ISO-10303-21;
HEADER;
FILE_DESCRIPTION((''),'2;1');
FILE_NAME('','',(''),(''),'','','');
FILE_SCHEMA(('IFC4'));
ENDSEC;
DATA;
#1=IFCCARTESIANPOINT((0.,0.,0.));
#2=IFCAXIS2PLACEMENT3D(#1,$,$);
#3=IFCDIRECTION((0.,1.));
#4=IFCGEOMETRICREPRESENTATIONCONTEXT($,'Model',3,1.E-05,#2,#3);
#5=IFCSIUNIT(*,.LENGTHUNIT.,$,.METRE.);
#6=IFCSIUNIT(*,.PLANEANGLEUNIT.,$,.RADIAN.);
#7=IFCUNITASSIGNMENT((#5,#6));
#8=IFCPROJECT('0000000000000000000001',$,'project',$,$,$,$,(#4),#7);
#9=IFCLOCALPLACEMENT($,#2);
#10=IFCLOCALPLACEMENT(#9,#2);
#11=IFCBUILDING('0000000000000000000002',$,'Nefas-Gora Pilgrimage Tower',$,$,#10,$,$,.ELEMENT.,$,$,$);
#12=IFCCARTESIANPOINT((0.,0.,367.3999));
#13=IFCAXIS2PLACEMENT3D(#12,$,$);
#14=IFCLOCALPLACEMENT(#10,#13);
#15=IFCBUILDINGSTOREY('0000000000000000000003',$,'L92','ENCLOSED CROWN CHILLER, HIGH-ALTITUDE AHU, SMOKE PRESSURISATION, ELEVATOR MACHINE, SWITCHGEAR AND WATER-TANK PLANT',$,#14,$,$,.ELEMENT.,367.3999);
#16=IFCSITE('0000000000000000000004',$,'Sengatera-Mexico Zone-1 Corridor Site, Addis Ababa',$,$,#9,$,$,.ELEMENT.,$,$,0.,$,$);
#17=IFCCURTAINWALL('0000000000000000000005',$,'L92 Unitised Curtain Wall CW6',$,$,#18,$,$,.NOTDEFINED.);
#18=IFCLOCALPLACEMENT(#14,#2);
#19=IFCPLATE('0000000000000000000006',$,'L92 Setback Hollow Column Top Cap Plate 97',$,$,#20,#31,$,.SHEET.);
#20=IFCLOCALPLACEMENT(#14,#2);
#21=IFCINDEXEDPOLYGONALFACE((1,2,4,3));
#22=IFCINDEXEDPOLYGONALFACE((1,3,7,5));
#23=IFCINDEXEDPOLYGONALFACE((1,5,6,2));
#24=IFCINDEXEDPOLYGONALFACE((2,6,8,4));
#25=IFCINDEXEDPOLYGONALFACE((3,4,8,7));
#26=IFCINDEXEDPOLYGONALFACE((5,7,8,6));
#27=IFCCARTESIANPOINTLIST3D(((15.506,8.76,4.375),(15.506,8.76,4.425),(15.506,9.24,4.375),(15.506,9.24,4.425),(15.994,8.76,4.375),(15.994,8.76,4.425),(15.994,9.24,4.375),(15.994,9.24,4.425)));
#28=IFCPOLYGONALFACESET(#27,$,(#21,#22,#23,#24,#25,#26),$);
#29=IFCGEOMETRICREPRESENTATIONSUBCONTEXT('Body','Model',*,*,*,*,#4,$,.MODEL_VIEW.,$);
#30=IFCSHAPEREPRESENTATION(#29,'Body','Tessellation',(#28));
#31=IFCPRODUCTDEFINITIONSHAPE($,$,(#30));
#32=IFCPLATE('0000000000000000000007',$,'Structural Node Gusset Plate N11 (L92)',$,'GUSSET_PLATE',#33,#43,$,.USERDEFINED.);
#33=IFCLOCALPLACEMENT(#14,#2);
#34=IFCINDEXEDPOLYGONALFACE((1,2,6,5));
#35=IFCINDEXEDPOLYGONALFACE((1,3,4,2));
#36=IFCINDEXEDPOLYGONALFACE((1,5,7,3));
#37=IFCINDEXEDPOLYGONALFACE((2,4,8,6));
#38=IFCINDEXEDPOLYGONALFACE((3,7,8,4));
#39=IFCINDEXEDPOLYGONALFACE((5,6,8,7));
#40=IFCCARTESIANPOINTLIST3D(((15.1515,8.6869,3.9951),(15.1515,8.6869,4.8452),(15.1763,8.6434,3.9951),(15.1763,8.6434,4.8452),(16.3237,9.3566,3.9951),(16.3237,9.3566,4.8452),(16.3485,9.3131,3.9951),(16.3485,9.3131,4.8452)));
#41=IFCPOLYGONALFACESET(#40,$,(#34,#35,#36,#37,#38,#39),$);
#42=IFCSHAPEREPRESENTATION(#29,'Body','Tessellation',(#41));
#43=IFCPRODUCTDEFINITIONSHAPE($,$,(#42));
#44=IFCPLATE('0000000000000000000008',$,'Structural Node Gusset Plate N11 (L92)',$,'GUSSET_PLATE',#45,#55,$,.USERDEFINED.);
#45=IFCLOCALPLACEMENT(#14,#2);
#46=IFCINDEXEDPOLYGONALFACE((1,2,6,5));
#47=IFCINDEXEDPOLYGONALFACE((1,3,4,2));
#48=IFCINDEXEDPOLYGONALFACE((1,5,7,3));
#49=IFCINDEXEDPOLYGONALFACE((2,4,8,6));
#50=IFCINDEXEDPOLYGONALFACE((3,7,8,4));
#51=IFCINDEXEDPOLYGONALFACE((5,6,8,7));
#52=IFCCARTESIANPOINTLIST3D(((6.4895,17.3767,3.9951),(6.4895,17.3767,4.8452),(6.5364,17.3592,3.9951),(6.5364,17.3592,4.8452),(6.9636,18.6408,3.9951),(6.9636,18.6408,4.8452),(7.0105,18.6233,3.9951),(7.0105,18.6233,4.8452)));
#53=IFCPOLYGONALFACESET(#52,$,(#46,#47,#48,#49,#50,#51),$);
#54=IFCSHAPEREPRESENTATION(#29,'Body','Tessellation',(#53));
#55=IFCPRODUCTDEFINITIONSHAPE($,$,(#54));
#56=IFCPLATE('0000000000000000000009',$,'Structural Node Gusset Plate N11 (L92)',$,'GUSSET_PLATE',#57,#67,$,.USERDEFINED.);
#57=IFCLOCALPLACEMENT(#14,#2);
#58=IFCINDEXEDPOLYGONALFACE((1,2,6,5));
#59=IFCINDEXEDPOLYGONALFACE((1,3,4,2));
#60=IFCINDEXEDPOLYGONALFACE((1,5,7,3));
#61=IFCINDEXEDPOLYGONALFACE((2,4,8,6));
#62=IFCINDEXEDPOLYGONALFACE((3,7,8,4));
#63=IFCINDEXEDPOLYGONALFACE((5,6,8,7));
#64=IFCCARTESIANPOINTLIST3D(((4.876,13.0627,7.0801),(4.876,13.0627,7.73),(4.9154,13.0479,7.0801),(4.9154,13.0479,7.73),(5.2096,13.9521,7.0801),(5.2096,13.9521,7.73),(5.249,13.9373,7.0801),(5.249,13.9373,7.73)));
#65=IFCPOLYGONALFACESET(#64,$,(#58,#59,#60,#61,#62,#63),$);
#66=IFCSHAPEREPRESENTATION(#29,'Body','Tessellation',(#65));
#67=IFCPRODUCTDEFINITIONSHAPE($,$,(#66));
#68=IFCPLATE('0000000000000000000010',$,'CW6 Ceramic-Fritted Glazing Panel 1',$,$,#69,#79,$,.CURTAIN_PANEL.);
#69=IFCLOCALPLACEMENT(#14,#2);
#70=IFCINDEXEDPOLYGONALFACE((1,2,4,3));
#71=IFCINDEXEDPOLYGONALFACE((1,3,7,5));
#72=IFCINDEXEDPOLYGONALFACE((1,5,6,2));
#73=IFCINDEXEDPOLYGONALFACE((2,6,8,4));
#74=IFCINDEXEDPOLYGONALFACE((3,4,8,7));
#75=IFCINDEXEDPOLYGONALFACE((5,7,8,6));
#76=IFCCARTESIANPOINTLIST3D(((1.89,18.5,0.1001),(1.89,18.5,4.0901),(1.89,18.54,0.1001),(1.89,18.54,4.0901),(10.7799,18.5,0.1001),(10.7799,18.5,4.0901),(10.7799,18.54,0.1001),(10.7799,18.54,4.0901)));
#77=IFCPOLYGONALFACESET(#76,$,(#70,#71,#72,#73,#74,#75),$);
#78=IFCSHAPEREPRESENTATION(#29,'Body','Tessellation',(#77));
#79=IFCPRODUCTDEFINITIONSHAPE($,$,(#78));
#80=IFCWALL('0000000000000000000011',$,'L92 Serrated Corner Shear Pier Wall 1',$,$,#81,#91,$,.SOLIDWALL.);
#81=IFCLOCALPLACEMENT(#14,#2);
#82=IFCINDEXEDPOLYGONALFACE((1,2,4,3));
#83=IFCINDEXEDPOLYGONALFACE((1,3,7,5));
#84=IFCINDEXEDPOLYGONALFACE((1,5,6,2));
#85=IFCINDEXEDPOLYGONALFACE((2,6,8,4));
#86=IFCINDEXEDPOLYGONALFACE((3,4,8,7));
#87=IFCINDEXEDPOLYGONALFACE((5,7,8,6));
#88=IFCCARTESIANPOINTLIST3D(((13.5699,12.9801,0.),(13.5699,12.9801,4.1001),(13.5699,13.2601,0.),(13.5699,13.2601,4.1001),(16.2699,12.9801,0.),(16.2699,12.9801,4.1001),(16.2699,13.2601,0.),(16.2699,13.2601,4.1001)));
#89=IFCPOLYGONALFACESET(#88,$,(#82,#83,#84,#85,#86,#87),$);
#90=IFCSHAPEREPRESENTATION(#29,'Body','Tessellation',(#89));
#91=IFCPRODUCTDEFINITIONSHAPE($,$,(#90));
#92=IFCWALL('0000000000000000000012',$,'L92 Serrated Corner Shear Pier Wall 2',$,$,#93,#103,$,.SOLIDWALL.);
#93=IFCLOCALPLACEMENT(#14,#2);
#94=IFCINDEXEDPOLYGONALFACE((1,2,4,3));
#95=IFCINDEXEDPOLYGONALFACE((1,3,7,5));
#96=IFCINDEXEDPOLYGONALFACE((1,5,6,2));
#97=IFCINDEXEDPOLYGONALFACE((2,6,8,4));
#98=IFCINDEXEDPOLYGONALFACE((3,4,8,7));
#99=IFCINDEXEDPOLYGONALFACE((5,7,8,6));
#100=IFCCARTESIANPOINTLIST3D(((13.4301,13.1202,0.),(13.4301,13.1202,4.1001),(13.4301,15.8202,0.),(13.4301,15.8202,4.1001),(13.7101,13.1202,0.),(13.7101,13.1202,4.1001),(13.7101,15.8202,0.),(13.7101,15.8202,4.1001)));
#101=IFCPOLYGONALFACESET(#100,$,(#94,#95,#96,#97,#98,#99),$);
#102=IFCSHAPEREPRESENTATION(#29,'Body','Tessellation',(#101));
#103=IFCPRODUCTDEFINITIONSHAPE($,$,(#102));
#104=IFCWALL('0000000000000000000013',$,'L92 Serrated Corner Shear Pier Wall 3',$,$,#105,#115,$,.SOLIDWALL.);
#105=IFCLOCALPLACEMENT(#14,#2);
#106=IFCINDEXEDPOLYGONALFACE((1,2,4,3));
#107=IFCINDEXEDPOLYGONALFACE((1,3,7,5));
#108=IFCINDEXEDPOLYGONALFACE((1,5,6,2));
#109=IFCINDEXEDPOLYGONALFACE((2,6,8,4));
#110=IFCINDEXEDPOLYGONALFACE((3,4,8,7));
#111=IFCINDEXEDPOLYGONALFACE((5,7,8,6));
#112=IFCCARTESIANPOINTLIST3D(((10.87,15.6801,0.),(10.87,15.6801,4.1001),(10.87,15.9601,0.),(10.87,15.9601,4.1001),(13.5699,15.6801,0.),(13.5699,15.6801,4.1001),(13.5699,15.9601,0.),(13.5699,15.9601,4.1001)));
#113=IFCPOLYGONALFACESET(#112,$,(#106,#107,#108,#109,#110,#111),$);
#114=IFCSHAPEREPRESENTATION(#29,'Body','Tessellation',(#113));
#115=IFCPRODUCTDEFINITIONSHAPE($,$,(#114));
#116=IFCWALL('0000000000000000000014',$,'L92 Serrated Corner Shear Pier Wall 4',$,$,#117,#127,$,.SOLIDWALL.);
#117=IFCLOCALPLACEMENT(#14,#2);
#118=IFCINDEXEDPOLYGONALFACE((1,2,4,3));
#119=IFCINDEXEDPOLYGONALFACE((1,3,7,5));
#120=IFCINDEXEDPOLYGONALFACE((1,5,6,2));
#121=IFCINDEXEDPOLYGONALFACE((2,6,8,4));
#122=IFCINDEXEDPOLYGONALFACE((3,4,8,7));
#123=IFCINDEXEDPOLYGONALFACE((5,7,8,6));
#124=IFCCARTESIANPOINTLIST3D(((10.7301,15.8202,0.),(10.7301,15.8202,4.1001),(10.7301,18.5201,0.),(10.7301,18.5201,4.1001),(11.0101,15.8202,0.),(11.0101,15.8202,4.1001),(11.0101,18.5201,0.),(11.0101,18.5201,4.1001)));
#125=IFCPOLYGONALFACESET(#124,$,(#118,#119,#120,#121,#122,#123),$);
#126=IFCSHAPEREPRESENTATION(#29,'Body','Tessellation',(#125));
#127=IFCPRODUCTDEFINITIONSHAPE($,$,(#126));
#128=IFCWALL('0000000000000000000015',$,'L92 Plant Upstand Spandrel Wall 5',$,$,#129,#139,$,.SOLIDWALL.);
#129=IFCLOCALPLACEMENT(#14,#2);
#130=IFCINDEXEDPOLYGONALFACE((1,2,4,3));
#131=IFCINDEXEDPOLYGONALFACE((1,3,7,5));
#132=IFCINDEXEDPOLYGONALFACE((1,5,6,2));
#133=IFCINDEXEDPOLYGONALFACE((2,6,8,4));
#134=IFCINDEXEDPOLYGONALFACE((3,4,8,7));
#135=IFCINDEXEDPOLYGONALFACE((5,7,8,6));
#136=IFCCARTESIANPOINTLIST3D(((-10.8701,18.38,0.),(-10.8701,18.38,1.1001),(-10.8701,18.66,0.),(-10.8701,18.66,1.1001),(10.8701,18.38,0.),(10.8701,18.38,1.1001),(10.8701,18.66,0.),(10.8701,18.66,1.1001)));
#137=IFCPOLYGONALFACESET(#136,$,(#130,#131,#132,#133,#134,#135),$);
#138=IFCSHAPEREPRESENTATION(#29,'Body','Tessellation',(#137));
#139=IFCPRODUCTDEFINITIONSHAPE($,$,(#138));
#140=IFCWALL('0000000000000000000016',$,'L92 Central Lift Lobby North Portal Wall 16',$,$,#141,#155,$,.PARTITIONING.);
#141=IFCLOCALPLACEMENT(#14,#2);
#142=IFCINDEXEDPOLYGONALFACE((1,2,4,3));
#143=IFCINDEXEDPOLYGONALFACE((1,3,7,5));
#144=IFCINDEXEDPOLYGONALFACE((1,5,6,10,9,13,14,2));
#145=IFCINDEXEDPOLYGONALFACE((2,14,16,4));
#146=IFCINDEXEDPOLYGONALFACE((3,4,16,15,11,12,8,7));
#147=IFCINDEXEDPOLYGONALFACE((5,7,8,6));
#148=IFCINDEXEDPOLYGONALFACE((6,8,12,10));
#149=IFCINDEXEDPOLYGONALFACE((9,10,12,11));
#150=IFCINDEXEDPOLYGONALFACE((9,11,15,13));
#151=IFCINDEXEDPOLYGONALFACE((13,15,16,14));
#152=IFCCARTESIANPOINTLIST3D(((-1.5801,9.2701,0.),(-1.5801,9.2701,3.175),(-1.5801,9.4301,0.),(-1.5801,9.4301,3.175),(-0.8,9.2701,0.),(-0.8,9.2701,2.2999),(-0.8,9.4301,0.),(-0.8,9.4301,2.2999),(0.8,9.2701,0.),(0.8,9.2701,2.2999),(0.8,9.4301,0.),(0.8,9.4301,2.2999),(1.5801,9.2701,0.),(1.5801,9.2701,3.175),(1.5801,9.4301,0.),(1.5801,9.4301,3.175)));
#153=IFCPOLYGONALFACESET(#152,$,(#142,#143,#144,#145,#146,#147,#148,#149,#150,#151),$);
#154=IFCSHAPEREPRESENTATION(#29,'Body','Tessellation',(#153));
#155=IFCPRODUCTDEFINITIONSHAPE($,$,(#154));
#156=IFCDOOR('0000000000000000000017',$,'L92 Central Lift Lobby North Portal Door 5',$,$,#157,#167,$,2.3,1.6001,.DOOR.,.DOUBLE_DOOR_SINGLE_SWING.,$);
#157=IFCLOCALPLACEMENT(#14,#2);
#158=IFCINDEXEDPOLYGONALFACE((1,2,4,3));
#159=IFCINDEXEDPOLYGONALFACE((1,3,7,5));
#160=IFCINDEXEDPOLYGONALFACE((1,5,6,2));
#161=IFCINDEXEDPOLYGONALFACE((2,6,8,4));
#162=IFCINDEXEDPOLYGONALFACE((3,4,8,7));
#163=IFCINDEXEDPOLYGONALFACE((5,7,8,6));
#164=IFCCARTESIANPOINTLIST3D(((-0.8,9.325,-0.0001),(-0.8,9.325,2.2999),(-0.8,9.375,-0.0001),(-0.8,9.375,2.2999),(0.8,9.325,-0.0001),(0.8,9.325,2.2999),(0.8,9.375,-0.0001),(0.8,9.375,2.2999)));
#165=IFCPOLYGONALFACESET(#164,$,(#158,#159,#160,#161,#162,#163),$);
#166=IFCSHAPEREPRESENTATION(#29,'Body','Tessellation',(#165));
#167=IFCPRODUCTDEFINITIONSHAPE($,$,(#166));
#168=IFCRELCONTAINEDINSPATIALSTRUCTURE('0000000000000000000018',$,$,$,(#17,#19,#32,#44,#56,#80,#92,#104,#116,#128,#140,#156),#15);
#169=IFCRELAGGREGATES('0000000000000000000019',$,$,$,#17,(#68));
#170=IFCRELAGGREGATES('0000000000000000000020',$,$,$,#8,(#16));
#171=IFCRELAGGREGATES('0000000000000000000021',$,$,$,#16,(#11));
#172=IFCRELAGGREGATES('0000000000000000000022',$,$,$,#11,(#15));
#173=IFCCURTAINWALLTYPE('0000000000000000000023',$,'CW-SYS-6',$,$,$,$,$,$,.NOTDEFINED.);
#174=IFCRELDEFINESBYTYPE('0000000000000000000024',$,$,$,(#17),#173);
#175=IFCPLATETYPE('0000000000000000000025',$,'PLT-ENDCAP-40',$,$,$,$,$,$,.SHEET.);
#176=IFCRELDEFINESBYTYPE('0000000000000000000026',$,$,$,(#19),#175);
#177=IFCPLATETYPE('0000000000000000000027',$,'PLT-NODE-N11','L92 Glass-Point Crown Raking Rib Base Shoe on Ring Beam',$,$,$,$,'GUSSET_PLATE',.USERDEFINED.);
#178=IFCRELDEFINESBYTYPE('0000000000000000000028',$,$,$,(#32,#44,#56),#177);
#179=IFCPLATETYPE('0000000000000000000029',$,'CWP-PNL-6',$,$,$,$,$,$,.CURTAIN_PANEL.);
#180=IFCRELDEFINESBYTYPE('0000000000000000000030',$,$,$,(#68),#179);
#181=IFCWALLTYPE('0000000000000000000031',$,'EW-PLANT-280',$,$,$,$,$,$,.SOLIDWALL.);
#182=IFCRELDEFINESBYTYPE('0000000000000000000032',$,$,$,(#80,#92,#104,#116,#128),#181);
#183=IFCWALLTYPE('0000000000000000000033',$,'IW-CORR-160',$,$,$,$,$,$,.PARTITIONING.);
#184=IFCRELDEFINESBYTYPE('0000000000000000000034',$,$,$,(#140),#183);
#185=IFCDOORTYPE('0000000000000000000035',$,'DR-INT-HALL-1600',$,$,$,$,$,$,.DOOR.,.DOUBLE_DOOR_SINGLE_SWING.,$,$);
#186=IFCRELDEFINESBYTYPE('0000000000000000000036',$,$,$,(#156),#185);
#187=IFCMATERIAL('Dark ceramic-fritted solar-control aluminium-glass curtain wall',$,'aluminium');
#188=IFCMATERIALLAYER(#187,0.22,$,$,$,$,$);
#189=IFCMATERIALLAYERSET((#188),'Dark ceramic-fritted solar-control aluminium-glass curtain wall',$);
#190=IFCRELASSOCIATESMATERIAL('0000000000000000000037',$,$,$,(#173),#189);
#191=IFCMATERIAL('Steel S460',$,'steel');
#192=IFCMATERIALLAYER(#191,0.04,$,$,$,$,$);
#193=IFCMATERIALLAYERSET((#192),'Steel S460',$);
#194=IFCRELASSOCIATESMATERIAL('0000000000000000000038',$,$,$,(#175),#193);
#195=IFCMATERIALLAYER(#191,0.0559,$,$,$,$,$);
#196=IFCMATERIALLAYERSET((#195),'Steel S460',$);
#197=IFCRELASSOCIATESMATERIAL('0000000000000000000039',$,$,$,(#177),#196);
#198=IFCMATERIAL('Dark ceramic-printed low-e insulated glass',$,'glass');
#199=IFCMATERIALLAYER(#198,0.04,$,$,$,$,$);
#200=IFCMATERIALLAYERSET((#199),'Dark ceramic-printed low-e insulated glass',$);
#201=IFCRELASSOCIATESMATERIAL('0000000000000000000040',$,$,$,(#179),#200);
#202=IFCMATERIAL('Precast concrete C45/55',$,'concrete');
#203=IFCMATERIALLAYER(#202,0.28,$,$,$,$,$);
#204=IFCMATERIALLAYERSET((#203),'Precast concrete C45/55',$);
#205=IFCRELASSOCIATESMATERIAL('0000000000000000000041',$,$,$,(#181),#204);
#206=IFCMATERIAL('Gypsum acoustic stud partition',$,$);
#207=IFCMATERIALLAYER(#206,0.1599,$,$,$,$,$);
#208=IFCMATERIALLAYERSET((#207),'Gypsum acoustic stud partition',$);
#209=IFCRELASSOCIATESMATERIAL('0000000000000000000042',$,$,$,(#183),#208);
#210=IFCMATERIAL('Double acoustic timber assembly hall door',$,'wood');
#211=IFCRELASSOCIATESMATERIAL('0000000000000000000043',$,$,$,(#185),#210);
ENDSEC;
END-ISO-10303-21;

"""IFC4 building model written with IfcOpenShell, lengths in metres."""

from ifc_helpers import new_model, si_unit, direction, frame, frame_2d, origin, origin_2d, place, context, subcontext, project, spatial, rectangle, extrude, source, transform, mapped, material, layer, layer_set, type_object, element, fill, aggregate, save


model = new_model("IFC4")

# Units and contexts
model_context = context("Model", 3, precision=1e-05, world=origin(), true_north=direction((0.0, 1.0)))
body_context = subcontext(model_context, "Body", "Model", "MODEL_VIEW")
ifc_project = project(units=[si_unit("LENGTHUNIT", "METRE"), si_unit("PLANEANGLEUNIT", "RADIAN")], contexts=[model_context])

# Site, building, storey
site_placement = place(None, origin())
site = spatial("IfcSite", under=ifc_project, at=site_placement, Name="Sengatera-Mexico Zone-1 Corridor Site, Addis Ababa", CompositionType="ELEMENT", RefElevation=0.0)
building_placement = place(site_placement, origin())
building = spatial("IfcBuilding", under=site, at=building_placement, Name="Nefas-Gora Pilgrimage Tower", CompositionType="ELEMENT")
storey_placement = place(building_placement, frame((0.0, 0.0, 367.3999)))
storey = spatial("IfcBuildingStorey", under=building, at=storey_placement, Name="L92", Description="ENCLOSED CROWN CHILLER, HIGH-ALTITUDE AHU, SMOKE PRESSURISATION, ELEVATOR MACHINE, SWITCHGEAR AND WATER-TANK PLANT", CompositionType="ELEMENT", Elevation=367.3999)

# Shared definitions
ifc_material_1 = material(Name="Steel S460", Category="steel")

# Curtain wall
ifc_material_2 = material(Name="Dark ceramic-fritted solar-control aluminium-glass curtain wall", Category="aluminium")
ifc_layer_1 = layer(ifc_material_2, 0.22)
ifc_layer_set_1 = layer_set([ifc_layer_1], Name="Dark ceramic-fritted solar-control aluminium-glass curtain wall")
curtain_wall_type = type_object("IfcCurtainWallType", Name="CW-SYS-6", PredefinedType="NOTDEFINED", material=ifc_layer_set_1)
curtain_wall_1_placement = place(storey_placement, origin())
curtain_wall_1 = element("IfcCurtainWall", 1, at=curtain_wall_1_placement, inside=storey, type_object=curtain_wall_type, Name="L92 Unitised Curtain Wall CW6", PredefinedType="NOTDEFINED")

# Shared definitions
ifc_material_3 = material(Name="Precast concrete C45/55", Category="concrete")

# Plates
ifc_layer_2 = layer(ifc_material_1, 0.04)
ifc_layer_set_2 = layer_set([ifc_layer_2], Name="Steel S460")
plate_type_1 = type_object("IfcPlateType", Name="PLT-ENDCAP-40", PredefinedType="SHEET", material=ifc_layer_set_2)
shared_shape_1 = source(origin(), body_context, "Body", "SweptSolid", [
    extrude(rectangle(XDim=0.488, YDim=0.48, at=origin_2d()), origin(), (0.0, 0.0, 1.0), 0.05),
])
for number, where, z_axis, x_axis, name in (
    (2, (15.75, 9.0, 4.375), (0.0, 0.0, 1.0), (1.0, 0.0, 0.0), "L92 Setback Hollow Column Top Cap Plate 97"),
):
    element("IfcPlate", number, at=place(storey_placement, frame(where, z_axis=z_axis, x_axis=x_axis)), inside=storey, type_object=plate_type_1, Name=name, PredefinedType="SHEET", context=body_context, shape_type="MappedRepresentation", body=[
        mapped(shared_shape_1, transform((0.0, 0.0, 0.0), x_axis=(1.0, 0.0, 0.0), y_axis=(0.0, 1.0, 0.0), z_axis=(0.0, 0.0, 1.0), scale=1.0)),
    ])
ifc_layer_3 = layer(ifc_material_1, 0.0559)
ifc_layer_set_3 = layer_set([ifc_layer_3], Name="Steel S460")
plate_type_2 = type_object("IfcPlateType", Name="PLT-NODE-N11", Description="L92 Glass-Point Crown Raking Rib Base Shoe on Ring Beam", ElementType="GUSSET_PLATE", PredefinedType="USERDEFINED", material=ifc_layer_set_3)
shared_shape_2 = source(origin(), body_context, "Body", "SweptSolid", [
    extrude(rectangle(XDim=1.3501, YDim=0.05, at=origin_2d()), origin(), (0.0, 0.0, 1.0), 0.8501),
])
for number, where, z_axis, x_axis, name in (
    (3, (15.75, 9.0, 3.9951), (0.0, 0.0, 1.0), (0.868285, 0.496065, 0.0), "Structural Node Gusset Plate N11 (L92)"),
    (4, (6.75, 18.0, 3.9951), (0.0, 0.0, 1.0), (0.351188, 0.936305, 0.0), "Structural Node Gusset Plate N11 (L92)"),
):
    element("IfcPlate", number, at=place(storey_placement, frame(where, z_axis=z_axis, x_axis=x_axis)), inside=storey, type_object=plate_type_2, Name=name, ObjectType="GUSSET_PLATE", PredefinedType="USERDEFINED", context=body_context, shape_type="MappedRepresentation", body=[
        mapped(shared_shape_2, transform((0.0, 0.0, 0.0), x_axis=(1.0, 0.0, 0.0), y_axis=(0.0, 1.0, 0.0), z_axis=(0.0, 0.0, 1.0), scale=1.0)),
    ])
shared_shape_3 = source(origin(), body_context, "Body", "SweptSolid", [
    extrude(rectangle(XDim=0.95, YDim=0.042, at=origin_2d()), origin(), (0.0, 0.0, 1.0), 0.6499),
])
plate_1_placement = place(storey_placement, frame((5.0625, 13.5, 7.0801), z_axis=(0.0, 0.0, 1.0), x_axis=(0.351188, 0.936305, 0.0)))
element("IfcPlate", 5, at=plate_1_placement, inside=storey, type_object=plate_type_2, Name="Structural Node Gusset Plate N11 (L92)", ObjectType="GUSSET_PLATE", PredefinedType="USERDEFINED", context=body_context, shape_type="MappedRepresentation", body=[
    mapped(shared_shape_3, transform((0.0, 0.0, 0.0), x_axis=(1.0, 0.0, 0.0), y_axis=(0.0, 1.0, 0.0), z_axis=(0.0, 0.0, 1.0), scale=1.0)),
])

# Plate
ifc_material_4 = material(Name="Dark ceramic-printed low-e insulated glass", Category="glass")
ifc_layer_4 = layer(ifc_material_4, 0.04)
ifc_layer_set_4 = layer_set([ifc_layer_4], Name="Dark ceramic-printed low-e insulated glass")
plate_type_3 = type_object("IfcPlateType", Name="CWP-PNL-6", PredefinedType="CURTAIN_PANEL", material=ifc_layer_set_4)
shared_shape_4 = source(origin(), body_context, "Body", "SweptSolid", [
    extrude(rectangle(XDim=8.8899, YDim=0.04, at=origin_2d()), origin(), (0.0, 0.0, 1.0), 3.99),
])
plate_2_placement = place(storey_placement, frame((6.335, 18.52, 0.1001), z_axis=(0.0, 0.0, 1.0), x_axis=(-1.0, 0.0, 0.0)))
plate_2 = element("IfcPlate", 6, at=plate_2_placement, type_object=plate_type_3, Name="CW6 Ceramic-Fritted Glazing Panel 1", PredefinedType="CURTAIN_PANEL", context=body_context, shape_type="MappedRepresentation", body=[
    mapped(shared_shape_4, transform((0.0, 0.0, 0.0), x_axis=(1.0, 0.0, 0.0), y_axis=(0.0, 1.0, 0.0), z_axis=(0.0, 0.0, 1.0), scale=1.0)),
])
aggregate(curtain_wall_1, [plate_2])

# Walls
ifc_layer_5 = layer(ifc_material_3, 0.28)
ifc_layer_set_5 = layer_set([ifc_layer_5], Name="Precast concrete C45/55")
wall_type_1 = type_object("IfcWallType", Name="EW-PLANT-280", PredefinedType="SOLIDWALL", material=ifc_layer_set_5)
shared_shape_5 = source(origin(), body_context, "Body", "SweptSolid", [
    extrude(rectangle(XDim=2.7, YDim=0.28, at=frame_2d((1.3501, 0.0))), origin(), (0.0, 0.0, 1.0), 4.1001),
])
for number, where, z_axis, x_axis, name in (
    (7, (16.27, 13.1201, 0.0), (0.0, 0.0, 1.0), (-1.0, 0.0, 0.0), "L92 Serrated Corner Shear Pier Wall 1"),
    (8, (13.5701, 13.1201, 0.0), (0.0, 0.0, 1.0), (0.0, 1.0, 0.0), "L92 Serrated Corner Shear Pier Wall 2"),
    (9, (13.5701, 15.8201, 0.0), (0.0, 0.0, 1.0), (-1.0, 0.0, 0.0), "L92 Serrated Corner Shear Pier Wall 3"),
    (10, (10.8701, 15.8201, 0.0), (0.0, 0.0, 1.0), (0.0, 1.0, 0.0), "L92 Serrated Corner Shear Pier Wall 4"),
):
    element("IfcWall", number, at=place(storey_placement, frame(where, z_axis=z_axis, x_axis=x_axis)), inside=storey, type_object=wall_type_1, Name=name, PredefinedType="SOLIDWALL", context=body_context, shape_type="MappedRepresentation", body=[
        mapped(shared_shape_5, transform((0.0, 0.0, 0.0), x_axis=(1.0, 0.0, 0.0), y_axis=(0.0, 1.0, 0.0), z_axis=(0.0, 0.0, 1.0), scale=1.0)),
    ])
shared_shape_6 = source(origin(), body_context, "Body", "SweptSolid", [
    extrude(rectangle(XDim=21.7402, YDim=0.28, at=frame_2d((10.8701, 0.0))), origin(), (0.0, 0.0, 1.0), 1.1001),
])
wall_1_placement = place(storey_placement, frame((10.8701, 18.52, 0.0), z_axis=(0.0, 0.0, 1.0), x_axis=(-1.0, 0.0, 0.0)))
element("IfcWall", 11, at=wall_1_placement, inside=storey, type_object=wall_type_1, Name="L92 Plant Upstand Spandrel Wall 5", PredefinedType="SOLIDWALL", context=body_context, shape_type="MappedRepresentation", body=[
    mapped(shared_shape_6, transform((0.0, 0.0, 0.0), x_axis=(1.0, 0.0, 0.0), y_axis=(0.0, 1.0, 0.0), z_axis=(0.0, 0.0, 1.0), scale=1.0)),
])

# Wall, opening, door
ifc_material_5 = material(Name="Gypsum acoustic stud partition")
ifc_layer_6 = layer(ifc_material_5, 0.1599)
ifc_layer_set_6 = layer_set([ifc_layer_6], Name="Gypsum acoustic stud partition")
wall_type_2 = type_object("IfcWallType", Name="IW-CORR-160", PredefinedType="PARTITIONING", material=ifc_layer_set_6)
shared_shape_7 = source(origin(), body_context, "Body", "SweptSolid", [
    extrude(rectangle(XDim=3.1602, YDim=0.1599, at=frame_2d((1.5801, 0.0))), origin(), (0.0, 0.0, 1.0), 3.175),
])
wall_2_placement = place(storey_placement, frame((-1.5801, 9.3501, 0.0), z_axis=(0.0, 0.0, 1.0), x_axis=(1.0, 0.0, 0.0)))
wall_2 = element("IfcWall", 12, at=wall_2_placement, inside=storey, type_object=wall_type_2, Name="L92 Central Lift Lobby North Portal Wall 16", PredefinedType="PARTITIONING", context=body_context, shape_type="MappedRepresentation", body=[
    mapped(shared_shape_7, transform((0.0, 0.0, 0.0), x_axis=(1.0, 0.0, 0.0), y_axis=(0.0, 1.0, 0.0), z_axis=(0.0, 0.0, 1.0), scale=1.0)),
])
opening_placement = place(wall_2_placement, frame((0.78, 0.0, 0.0)))
opening = element("IfcOpeningElement", 13, at=opening_placement, cuts=wall_2, PredefinedType="OPENING", context=body_context, shape_type="SweptSolid", body=[
    extrude(rectangle(XDim=1.6001, YDim=2.3, at=frame_2d((0.8, 1.1499))), frame((0.0, 0.0898, 0.0), z_axis=(0.0, -1.0, 0.0), x_axis=(1.0, 0.0, 0.0)), (0.0, 0.0, 1.0), 0.1799),
])
ifc_material_6 = material(Name="Double acoustic timber assembly hall door", Category="wood")
door_type = type_object("IfcDoorType", Name="DR-INT-HALL-1600", OperationType="DOUBLE_DOOR_SINGLE_SWING", PredefinedType="DOOR", material=ifc_material_6)
shared_shape_8 = source(origin(), body_context, "Body", "SweptSolid", [
    extrude(rectangle(XDim=1.6001, YDim=2.3, at=frame_2d((0.8, 1.1499))), frame((0.0, 0.0249, 0.0), z_axis=(0.0, -1.0, 0.0), x_axis=(1.0, 0.0, 0.0)), (0.0, 0.0, 1.0), 0.05),
])
door_placement = place(opening_placement, origin())
door = element("IfcDoor", 14, at=door_placement, inside=storey, type_object=door_type, Name="L92 Central Lift Lobby North Portal Door 5", OperationType="DOUBLE_DOOR_SINGLE_SWING", OverallHeight=2.3, OverallWidth=1.6001, PredefinedType="DOOR", context=body_context, shape_type="MappedRepresentation", body=[
    mapped(shared_shape_8, transform((0.0, 0.0, 0.0), x_axis=(1.0, 0.0, 0.0), y_axis=(0.0, 1.0, 0.0), z_axis=(0.0, 0.0, 1.0), scale=1.0)),
])
fill(opening, door)

save(model, "model.ifc")
